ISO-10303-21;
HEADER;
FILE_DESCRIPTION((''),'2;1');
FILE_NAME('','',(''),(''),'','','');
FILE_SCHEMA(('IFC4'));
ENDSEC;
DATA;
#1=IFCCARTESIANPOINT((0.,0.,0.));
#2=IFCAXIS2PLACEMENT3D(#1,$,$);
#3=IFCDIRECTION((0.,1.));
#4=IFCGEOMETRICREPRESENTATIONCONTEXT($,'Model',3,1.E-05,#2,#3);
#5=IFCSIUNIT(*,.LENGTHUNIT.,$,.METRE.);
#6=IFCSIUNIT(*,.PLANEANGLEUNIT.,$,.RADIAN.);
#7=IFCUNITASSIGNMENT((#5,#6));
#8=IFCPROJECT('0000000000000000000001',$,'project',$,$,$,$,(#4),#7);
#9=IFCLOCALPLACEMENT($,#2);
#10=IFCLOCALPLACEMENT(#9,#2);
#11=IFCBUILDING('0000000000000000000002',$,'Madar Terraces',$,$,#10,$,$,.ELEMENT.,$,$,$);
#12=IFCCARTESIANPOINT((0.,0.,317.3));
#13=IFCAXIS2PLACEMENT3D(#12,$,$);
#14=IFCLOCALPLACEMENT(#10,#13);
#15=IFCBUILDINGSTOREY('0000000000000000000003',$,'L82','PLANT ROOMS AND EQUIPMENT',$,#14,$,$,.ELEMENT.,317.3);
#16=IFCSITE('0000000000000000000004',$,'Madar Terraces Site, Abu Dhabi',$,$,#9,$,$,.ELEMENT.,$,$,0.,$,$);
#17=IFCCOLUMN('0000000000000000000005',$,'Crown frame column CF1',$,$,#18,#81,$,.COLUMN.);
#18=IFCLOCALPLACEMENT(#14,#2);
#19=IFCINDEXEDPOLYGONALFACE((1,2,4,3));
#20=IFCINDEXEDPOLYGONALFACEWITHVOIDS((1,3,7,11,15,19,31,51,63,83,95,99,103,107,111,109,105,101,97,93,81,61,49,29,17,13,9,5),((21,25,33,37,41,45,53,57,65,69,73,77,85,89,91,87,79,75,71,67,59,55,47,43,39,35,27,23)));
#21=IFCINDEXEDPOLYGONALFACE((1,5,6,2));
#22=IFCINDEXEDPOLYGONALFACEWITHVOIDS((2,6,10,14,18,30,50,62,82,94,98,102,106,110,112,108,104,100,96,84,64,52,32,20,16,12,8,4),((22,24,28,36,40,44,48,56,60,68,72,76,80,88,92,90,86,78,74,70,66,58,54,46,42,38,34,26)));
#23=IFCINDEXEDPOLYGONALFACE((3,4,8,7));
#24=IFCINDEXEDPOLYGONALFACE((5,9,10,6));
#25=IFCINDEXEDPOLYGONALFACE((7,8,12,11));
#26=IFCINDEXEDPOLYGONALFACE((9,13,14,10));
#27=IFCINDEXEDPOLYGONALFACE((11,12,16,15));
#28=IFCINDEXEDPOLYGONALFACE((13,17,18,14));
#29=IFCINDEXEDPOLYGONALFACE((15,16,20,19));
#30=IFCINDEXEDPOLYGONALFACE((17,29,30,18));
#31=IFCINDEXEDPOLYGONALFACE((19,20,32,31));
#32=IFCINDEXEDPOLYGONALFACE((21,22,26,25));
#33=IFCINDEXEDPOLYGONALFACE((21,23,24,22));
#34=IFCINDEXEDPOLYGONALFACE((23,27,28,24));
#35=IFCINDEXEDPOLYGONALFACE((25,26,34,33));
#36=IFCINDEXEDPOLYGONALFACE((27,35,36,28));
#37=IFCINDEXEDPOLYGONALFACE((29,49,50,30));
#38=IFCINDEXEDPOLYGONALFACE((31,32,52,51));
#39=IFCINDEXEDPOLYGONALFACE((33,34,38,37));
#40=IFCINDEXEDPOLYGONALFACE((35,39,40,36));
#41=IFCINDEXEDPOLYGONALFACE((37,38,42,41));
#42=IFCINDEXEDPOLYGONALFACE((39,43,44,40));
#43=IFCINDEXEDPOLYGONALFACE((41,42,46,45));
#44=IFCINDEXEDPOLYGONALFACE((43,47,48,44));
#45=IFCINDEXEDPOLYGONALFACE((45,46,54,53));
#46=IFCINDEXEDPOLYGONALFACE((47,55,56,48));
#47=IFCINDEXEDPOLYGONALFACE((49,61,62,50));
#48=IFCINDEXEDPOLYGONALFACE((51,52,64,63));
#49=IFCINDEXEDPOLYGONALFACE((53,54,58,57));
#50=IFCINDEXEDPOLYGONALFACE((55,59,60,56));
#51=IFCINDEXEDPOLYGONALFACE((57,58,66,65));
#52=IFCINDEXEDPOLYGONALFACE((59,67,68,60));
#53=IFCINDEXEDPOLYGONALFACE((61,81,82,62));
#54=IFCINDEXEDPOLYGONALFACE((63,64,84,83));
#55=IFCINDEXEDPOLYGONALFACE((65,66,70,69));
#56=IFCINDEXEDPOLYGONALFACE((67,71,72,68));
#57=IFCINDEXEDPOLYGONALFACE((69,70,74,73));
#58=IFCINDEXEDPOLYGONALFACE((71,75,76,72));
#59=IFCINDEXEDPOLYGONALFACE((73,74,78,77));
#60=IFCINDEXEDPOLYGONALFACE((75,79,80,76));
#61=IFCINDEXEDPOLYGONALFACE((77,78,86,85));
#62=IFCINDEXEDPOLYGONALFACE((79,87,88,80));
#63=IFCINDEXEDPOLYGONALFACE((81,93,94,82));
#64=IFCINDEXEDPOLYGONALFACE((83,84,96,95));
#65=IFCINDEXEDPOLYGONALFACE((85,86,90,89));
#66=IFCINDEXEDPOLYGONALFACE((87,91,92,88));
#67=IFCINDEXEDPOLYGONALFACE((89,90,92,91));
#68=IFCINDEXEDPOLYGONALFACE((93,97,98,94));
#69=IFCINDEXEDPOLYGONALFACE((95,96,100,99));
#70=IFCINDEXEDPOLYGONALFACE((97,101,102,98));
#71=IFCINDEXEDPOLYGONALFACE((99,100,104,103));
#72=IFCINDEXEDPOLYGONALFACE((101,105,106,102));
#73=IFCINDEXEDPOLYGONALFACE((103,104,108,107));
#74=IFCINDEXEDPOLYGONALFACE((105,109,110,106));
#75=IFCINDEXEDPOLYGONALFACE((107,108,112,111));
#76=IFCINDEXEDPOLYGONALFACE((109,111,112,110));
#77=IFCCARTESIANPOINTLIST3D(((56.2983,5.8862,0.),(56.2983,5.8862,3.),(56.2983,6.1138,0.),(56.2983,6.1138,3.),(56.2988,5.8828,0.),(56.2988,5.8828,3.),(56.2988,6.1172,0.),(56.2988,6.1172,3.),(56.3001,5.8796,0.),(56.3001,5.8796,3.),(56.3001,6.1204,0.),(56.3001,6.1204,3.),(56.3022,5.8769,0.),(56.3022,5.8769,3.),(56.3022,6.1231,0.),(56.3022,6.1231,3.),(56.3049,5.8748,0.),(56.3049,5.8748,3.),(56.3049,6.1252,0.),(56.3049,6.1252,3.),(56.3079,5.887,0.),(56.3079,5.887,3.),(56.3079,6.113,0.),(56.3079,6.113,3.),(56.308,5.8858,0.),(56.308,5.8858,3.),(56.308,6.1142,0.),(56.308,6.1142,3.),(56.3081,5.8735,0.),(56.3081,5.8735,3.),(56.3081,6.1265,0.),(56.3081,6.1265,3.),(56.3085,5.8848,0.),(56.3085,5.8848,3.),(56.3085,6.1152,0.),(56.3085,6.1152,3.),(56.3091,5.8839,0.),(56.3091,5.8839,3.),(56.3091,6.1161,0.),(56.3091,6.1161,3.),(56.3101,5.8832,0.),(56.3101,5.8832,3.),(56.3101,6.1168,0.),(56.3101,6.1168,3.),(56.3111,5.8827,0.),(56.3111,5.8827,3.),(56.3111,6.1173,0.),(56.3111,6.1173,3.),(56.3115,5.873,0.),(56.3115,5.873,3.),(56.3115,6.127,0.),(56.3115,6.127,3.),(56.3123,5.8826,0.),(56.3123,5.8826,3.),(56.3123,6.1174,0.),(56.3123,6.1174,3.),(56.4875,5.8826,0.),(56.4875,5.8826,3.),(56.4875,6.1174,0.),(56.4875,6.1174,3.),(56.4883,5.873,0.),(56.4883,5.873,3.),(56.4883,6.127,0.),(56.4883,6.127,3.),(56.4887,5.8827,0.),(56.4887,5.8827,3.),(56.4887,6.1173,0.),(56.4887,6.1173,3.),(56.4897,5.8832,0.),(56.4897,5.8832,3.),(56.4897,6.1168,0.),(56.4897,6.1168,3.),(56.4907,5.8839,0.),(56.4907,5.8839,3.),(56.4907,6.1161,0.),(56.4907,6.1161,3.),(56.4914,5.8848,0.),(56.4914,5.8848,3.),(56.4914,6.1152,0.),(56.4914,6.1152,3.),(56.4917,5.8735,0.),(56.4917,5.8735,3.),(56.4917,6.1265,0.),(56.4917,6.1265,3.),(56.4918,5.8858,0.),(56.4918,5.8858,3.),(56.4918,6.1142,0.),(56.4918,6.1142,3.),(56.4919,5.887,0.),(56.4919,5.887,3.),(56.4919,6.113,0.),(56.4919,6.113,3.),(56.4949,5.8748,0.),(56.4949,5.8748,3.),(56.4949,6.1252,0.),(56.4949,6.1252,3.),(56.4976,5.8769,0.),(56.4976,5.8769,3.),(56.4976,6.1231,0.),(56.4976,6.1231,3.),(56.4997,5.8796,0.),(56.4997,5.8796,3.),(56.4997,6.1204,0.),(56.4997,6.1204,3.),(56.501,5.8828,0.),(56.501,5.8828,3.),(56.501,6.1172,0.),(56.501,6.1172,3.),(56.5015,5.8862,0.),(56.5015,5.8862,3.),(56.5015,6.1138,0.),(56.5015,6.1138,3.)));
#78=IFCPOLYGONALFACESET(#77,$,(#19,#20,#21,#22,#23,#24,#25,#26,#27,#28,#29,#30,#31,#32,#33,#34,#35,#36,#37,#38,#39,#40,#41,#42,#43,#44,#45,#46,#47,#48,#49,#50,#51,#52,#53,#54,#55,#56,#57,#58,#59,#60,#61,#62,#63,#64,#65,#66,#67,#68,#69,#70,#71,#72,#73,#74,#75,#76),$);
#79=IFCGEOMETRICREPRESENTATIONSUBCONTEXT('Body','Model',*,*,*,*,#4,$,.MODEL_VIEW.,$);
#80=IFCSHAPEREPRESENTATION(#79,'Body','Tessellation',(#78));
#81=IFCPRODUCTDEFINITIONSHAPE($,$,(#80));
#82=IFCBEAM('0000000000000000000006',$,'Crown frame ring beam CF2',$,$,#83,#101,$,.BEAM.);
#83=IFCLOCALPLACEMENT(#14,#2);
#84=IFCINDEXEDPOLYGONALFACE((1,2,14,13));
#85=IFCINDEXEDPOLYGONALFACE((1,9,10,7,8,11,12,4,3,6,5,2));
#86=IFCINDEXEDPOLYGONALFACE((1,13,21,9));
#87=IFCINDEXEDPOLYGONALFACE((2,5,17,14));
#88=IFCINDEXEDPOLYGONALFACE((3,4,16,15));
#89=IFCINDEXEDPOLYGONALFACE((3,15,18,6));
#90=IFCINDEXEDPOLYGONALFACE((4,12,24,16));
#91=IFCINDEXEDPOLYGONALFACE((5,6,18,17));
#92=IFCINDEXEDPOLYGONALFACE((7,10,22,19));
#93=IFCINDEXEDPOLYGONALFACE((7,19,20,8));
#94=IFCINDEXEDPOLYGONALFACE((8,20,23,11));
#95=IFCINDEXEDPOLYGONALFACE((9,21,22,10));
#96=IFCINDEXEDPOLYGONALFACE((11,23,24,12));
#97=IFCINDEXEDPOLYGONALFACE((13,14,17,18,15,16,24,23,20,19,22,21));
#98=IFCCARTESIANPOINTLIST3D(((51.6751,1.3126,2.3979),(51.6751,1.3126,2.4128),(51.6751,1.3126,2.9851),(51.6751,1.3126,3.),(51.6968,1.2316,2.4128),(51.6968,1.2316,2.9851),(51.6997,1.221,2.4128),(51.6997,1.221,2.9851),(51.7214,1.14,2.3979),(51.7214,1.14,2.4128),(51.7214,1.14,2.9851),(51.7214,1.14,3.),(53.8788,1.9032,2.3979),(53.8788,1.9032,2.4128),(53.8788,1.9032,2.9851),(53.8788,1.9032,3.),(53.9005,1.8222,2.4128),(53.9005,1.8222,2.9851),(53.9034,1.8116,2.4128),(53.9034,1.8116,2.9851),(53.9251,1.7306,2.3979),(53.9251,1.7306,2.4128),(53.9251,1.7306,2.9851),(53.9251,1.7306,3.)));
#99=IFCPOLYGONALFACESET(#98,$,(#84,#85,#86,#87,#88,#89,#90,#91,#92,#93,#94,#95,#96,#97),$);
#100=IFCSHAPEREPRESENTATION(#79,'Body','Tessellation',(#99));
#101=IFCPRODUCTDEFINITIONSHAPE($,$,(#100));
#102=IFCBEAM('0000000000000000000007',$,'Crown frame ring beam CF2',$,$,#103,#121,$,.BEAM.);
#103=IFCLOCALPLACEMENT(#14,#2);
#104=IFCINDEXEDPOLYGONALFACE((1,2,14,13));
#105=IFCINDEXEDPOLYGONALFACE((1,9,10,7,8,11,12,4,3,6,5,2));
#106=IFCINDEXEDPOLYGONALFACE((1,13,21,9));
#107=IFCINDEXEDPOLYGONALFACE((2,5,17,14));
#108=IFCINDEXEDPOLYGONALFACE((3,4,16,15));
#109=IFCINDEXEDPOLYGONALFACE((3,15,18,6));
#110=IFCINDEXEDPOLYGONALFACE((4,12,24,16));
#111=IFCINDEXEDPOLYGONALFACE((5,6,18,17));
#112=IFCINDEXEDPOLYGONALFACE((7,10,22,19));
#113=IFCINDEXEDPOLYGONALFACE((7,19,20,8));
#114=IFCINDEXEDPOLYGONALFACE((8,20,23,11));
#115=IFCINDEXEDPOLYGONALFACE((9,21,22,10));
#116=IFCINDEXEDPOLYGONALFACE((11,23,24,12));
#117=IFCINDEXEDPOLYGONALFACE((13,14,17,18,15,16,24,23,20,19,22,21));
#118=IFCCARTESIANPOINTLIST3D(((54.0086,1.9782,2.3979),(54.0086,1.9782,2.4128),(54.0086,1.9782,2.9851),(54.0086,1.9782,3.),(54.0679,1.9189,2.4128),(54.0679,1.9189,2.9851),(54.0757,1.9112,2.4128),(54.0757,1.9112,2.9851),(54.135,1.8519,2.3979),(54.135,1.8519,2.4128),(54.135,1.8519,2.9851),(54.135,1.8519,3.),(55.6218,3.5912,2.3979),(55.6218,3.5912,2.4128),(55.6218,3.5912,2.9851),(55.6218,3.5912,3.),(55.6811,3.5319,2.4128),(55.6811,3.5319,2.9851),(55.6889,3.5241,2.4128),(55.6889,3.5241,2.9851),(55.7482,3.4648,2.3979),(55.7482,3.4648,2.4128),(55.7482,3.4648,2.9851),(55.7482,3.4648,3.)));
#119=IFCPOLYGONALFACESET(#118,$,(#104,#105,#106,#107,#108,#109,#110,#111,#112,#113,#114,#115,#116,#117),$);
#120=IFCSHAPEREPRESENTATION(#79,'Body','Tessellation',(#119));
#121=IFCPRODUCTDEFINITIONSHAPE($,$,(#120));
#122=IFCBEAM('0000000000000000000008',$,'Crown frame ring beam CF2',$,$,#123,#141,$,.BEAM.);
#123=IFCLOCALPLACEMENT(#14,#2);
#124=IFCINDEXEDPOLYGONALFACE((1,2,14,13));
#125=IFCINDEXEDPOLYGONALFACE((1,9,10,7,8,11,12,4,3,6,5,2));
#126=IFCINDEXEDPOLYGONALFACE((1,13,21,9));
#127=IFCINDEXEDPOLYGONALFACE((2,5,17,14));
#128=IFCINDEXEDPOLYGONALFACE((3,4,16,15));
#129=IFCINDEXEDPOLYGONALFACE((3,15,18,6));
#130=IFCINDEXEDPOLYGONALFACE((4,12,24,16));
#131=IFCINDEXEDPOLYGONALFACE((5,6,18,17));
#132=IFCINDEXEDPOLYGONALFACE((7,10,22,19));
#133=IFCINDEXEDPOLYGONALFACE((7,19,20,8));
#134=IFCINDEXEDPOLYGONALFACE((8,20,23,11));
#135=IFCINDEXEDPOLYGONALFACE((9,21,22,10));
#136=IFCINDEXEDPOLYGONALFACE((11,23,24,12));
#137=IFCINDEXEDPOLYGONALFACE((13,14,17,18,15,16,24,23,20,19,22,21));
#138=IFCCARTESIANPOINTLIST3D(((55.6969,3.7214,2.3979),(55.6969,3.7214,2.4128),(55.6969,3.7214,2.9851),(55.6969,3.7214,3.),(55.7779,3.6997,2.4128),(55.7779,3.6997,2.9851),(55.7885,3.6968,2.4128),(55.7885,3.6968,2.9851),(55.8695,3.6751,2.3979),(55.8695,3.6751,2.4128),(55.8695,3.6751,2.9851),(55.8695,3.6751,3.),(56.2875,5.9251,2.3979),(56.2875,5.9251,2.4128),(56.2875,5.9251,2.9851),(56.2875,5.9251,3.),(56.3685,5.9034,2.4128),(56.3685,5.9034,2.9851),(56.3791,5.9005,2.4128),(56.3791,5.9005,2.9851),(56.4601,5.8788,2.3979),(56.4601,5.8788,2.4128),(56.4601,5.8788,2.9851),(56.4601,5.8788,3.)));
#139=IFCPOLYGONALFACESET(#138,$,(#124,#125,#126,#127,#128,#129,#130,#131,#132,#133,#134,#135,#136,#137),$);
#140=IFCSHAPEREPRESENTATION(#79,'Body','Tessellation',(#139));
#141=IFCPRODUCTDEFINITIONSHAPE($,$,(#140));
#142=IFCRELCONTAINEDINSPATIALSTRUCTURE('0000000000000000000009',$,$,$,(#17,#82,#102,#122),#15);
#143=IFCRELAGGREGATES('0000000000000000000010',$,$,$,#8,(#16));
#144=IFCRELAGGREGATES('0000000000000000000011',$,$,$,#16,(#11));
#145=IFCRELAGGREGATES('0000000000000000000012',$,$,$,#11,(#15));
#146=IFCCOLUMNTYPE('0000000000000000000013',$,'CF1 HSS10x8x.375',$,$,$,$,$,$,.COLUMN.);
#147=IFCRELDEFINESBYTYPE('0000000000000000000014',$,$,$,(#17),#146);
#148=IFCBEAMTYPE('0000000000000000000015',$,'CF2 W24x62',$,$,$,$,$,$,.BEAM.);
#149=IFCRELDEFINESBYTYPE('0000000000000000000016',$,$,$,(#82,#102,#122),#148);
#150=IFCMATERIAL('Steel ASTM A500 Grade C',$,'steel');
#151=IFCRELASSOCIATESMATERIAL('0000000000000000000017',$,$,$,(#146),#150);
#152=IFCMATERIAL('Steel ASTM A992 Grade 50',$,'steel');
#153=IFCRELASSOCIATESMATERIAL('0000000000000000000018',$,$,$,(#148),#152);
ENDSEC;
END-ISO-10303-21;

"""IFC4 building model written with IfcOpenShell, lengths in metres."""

from ifc_helpers import new_model, si_unit, direction, frame, origin, origin_2d, place, context, subcontext, project, spatial, hollow_rectangle, i_section, extrude, material, material_profile, profile_set, type_object, element, save


model = new_model("IFC4")

# Units and contexts
model_context = context("Model", 3, precision=1e-05, world=origin(), true_north=direction((0.0, 1.0)))
body_context = subcontext(model_context, "Body", "Model", "MODEL_VIEW")
ifc_project = project(units=[si_unit("LENGTHUNIT", "METRE"), si_unit("PLANEANGLEUNIT", "RADIAN")], contexts=[model_context])

# Site, building, storey
site_placement = place(None, origin())
site = spatial("IfcSite", under=ifc_project, at=site_placement, Name="Madar Terraces Site, Abu Dhabi", CompositionType="ELEMENT", RefElevation=0.0)
building_placement = place(site_placement, origin())
building = spatial("IfcBuilding", under=site, at=building_placement, Name="Madar Terraces", CompositionType="ELEMENT")
storey_placement = place(building_placement, frame((0.0, 0.0, 317.3)))
storey = spatial("IfcBuildingStorey", under=building, at=storey_placement, Name="L82", Description="PLANT ROOMS AND EQUIPMENT", CompositionType="ELEMENT", Elevation=317.3)

# Column
ifc_material_1 = material(Name="Steel ASTM A500 Grade C", Category="steel")
ifc_material_profile_1 = material_profile(ifc_material_1, hollow_rectangle(XDim=0.2031, YDim=0.2539, WallThickness=0.0095, InnerFilletRadius=0.0044, OuterFilletRadius=0.0132, at=origin_2d()), Name="HSS10x8x.375")
ifc_profile_set_1 = profile_set([ifc_material_profile_1], Name="Steel ASTM A500 Grade C")
column_type = type_object("IfcColumnType", Name="CF1 HSS10x8x.375", PredefinedType="COLUMN", material=ifc_profile_set_1)
for number, where, z_axis, x_axis, name in (
    (1, (56.3999, 6.0, 0.0), (0.0, 0.0, 1.0), (1.0, 0.0, 0.0), "Crown frame column CF1"),
):
    element("IfcColumn", number, at=place(storey_placement, frame(where, z_axis=z_axis, x_axis=x_axis)), inside=storey, type_object=column_type, Name=name, PredefinedType="COLUMN", context=body_context, shape_type="SweptSolid", body=[
        extrude(hollow_rectangle(XDim=0.2031, YDim=0.2539, WallThickness=0.0095, InnerFilletRadius=0.0044, OuterFilletRadius=0.0132, at=origin_2d()), origin(), (0.0, 0.0, 1.0), 3.0),
    ])

# Beams
ifc_material_2 = material(Name="Steel ASTM A992 Grade 50", Category="steel")
ifc_material_profile_2 = material_profile(ifc_material_2, i_section(OverallWidth=0.1787, OverallDepth=0.6021, WebThickness=0.011, FlangeThickness=0.0149, at=origin_2d()), Name="W24x62")
ifc_profile_set_2 = profile_set([ifc_material_profile_2], Name="Steel ASTM A992 Grade 50")
beam_type = type_object("IfcBeamType", Name="CF2 W24x62", PredefinedType="BEAM", material=ifc_profile_set_2)
beam_1_placement = place(storey_placement, frame((51.6982, 1.2263, 2.699), z_axis=(0.965913, 0.258868, 0.0), x_axis=(-0.258868, 0.965913, 0.0)))
element("IfcBeam", 2, at=beam_1_placement, inside=storey, type_object=beam_type, Name="Crown frame ring beam CF2", PredefinedType="BEAM", context=body_context, shape_type="SweptSolid", body=[
    extrude(i_section(OverallWidth=0.1787, OverallDepth=0.6021, WebThickness=0.011, FlangeThickness=0.0149, at=origin_2d()), origin(), (0.0, 0.0, 1.0), 2.2815),
])
beam_2_placement = place(storey_placement, frame((54.0718, 1.915, 2.699), z_axis=(0.70716, 0.707053, 0.0), x_axis=(-0.707053, 0.70716, 0.0)))
element("IfcBeam", 3, at=beam_2_placement, inside=storey, type_object=beam_type, Name="Crown frame ring beam CF2", PredefinedType="BEAM", context=body_context, shape_type="SweptSolid", body=[
    extrude(i_section(OverallWidth=0.1787, OverallDepth=0.6021, WebThickness=0.011, FlangeThickness=0.0149, at=origin_2d()), origin(), (0.0, 0.0, 1.0), 2.2812),
])
beam_3_placement = place(storey_placement, frame((55.7832, 3.6982, 2.699), z_axis=(0.258868, 0.965913, 0.0), x_axis=(-0.965913, 0.258868, 0.0)))
element("IfcBeam", 4, at=beam_3_placement, inside=storey, type_object=beam_type, Name="Crown frame ring beam CF2", PredefinedType="BEAM", context=body_context, shape_type="SweptSolid", body=[
    extrude(i_section(OverallWidth=0.1787, OverallDepth=0.6021, WebThickness=0.011, FlangeThickness=0.0149, at=origin_2d()), origin(), (0.0, 0.0, 1.0), 2.2815),
])

save(model, "model.ifc")
